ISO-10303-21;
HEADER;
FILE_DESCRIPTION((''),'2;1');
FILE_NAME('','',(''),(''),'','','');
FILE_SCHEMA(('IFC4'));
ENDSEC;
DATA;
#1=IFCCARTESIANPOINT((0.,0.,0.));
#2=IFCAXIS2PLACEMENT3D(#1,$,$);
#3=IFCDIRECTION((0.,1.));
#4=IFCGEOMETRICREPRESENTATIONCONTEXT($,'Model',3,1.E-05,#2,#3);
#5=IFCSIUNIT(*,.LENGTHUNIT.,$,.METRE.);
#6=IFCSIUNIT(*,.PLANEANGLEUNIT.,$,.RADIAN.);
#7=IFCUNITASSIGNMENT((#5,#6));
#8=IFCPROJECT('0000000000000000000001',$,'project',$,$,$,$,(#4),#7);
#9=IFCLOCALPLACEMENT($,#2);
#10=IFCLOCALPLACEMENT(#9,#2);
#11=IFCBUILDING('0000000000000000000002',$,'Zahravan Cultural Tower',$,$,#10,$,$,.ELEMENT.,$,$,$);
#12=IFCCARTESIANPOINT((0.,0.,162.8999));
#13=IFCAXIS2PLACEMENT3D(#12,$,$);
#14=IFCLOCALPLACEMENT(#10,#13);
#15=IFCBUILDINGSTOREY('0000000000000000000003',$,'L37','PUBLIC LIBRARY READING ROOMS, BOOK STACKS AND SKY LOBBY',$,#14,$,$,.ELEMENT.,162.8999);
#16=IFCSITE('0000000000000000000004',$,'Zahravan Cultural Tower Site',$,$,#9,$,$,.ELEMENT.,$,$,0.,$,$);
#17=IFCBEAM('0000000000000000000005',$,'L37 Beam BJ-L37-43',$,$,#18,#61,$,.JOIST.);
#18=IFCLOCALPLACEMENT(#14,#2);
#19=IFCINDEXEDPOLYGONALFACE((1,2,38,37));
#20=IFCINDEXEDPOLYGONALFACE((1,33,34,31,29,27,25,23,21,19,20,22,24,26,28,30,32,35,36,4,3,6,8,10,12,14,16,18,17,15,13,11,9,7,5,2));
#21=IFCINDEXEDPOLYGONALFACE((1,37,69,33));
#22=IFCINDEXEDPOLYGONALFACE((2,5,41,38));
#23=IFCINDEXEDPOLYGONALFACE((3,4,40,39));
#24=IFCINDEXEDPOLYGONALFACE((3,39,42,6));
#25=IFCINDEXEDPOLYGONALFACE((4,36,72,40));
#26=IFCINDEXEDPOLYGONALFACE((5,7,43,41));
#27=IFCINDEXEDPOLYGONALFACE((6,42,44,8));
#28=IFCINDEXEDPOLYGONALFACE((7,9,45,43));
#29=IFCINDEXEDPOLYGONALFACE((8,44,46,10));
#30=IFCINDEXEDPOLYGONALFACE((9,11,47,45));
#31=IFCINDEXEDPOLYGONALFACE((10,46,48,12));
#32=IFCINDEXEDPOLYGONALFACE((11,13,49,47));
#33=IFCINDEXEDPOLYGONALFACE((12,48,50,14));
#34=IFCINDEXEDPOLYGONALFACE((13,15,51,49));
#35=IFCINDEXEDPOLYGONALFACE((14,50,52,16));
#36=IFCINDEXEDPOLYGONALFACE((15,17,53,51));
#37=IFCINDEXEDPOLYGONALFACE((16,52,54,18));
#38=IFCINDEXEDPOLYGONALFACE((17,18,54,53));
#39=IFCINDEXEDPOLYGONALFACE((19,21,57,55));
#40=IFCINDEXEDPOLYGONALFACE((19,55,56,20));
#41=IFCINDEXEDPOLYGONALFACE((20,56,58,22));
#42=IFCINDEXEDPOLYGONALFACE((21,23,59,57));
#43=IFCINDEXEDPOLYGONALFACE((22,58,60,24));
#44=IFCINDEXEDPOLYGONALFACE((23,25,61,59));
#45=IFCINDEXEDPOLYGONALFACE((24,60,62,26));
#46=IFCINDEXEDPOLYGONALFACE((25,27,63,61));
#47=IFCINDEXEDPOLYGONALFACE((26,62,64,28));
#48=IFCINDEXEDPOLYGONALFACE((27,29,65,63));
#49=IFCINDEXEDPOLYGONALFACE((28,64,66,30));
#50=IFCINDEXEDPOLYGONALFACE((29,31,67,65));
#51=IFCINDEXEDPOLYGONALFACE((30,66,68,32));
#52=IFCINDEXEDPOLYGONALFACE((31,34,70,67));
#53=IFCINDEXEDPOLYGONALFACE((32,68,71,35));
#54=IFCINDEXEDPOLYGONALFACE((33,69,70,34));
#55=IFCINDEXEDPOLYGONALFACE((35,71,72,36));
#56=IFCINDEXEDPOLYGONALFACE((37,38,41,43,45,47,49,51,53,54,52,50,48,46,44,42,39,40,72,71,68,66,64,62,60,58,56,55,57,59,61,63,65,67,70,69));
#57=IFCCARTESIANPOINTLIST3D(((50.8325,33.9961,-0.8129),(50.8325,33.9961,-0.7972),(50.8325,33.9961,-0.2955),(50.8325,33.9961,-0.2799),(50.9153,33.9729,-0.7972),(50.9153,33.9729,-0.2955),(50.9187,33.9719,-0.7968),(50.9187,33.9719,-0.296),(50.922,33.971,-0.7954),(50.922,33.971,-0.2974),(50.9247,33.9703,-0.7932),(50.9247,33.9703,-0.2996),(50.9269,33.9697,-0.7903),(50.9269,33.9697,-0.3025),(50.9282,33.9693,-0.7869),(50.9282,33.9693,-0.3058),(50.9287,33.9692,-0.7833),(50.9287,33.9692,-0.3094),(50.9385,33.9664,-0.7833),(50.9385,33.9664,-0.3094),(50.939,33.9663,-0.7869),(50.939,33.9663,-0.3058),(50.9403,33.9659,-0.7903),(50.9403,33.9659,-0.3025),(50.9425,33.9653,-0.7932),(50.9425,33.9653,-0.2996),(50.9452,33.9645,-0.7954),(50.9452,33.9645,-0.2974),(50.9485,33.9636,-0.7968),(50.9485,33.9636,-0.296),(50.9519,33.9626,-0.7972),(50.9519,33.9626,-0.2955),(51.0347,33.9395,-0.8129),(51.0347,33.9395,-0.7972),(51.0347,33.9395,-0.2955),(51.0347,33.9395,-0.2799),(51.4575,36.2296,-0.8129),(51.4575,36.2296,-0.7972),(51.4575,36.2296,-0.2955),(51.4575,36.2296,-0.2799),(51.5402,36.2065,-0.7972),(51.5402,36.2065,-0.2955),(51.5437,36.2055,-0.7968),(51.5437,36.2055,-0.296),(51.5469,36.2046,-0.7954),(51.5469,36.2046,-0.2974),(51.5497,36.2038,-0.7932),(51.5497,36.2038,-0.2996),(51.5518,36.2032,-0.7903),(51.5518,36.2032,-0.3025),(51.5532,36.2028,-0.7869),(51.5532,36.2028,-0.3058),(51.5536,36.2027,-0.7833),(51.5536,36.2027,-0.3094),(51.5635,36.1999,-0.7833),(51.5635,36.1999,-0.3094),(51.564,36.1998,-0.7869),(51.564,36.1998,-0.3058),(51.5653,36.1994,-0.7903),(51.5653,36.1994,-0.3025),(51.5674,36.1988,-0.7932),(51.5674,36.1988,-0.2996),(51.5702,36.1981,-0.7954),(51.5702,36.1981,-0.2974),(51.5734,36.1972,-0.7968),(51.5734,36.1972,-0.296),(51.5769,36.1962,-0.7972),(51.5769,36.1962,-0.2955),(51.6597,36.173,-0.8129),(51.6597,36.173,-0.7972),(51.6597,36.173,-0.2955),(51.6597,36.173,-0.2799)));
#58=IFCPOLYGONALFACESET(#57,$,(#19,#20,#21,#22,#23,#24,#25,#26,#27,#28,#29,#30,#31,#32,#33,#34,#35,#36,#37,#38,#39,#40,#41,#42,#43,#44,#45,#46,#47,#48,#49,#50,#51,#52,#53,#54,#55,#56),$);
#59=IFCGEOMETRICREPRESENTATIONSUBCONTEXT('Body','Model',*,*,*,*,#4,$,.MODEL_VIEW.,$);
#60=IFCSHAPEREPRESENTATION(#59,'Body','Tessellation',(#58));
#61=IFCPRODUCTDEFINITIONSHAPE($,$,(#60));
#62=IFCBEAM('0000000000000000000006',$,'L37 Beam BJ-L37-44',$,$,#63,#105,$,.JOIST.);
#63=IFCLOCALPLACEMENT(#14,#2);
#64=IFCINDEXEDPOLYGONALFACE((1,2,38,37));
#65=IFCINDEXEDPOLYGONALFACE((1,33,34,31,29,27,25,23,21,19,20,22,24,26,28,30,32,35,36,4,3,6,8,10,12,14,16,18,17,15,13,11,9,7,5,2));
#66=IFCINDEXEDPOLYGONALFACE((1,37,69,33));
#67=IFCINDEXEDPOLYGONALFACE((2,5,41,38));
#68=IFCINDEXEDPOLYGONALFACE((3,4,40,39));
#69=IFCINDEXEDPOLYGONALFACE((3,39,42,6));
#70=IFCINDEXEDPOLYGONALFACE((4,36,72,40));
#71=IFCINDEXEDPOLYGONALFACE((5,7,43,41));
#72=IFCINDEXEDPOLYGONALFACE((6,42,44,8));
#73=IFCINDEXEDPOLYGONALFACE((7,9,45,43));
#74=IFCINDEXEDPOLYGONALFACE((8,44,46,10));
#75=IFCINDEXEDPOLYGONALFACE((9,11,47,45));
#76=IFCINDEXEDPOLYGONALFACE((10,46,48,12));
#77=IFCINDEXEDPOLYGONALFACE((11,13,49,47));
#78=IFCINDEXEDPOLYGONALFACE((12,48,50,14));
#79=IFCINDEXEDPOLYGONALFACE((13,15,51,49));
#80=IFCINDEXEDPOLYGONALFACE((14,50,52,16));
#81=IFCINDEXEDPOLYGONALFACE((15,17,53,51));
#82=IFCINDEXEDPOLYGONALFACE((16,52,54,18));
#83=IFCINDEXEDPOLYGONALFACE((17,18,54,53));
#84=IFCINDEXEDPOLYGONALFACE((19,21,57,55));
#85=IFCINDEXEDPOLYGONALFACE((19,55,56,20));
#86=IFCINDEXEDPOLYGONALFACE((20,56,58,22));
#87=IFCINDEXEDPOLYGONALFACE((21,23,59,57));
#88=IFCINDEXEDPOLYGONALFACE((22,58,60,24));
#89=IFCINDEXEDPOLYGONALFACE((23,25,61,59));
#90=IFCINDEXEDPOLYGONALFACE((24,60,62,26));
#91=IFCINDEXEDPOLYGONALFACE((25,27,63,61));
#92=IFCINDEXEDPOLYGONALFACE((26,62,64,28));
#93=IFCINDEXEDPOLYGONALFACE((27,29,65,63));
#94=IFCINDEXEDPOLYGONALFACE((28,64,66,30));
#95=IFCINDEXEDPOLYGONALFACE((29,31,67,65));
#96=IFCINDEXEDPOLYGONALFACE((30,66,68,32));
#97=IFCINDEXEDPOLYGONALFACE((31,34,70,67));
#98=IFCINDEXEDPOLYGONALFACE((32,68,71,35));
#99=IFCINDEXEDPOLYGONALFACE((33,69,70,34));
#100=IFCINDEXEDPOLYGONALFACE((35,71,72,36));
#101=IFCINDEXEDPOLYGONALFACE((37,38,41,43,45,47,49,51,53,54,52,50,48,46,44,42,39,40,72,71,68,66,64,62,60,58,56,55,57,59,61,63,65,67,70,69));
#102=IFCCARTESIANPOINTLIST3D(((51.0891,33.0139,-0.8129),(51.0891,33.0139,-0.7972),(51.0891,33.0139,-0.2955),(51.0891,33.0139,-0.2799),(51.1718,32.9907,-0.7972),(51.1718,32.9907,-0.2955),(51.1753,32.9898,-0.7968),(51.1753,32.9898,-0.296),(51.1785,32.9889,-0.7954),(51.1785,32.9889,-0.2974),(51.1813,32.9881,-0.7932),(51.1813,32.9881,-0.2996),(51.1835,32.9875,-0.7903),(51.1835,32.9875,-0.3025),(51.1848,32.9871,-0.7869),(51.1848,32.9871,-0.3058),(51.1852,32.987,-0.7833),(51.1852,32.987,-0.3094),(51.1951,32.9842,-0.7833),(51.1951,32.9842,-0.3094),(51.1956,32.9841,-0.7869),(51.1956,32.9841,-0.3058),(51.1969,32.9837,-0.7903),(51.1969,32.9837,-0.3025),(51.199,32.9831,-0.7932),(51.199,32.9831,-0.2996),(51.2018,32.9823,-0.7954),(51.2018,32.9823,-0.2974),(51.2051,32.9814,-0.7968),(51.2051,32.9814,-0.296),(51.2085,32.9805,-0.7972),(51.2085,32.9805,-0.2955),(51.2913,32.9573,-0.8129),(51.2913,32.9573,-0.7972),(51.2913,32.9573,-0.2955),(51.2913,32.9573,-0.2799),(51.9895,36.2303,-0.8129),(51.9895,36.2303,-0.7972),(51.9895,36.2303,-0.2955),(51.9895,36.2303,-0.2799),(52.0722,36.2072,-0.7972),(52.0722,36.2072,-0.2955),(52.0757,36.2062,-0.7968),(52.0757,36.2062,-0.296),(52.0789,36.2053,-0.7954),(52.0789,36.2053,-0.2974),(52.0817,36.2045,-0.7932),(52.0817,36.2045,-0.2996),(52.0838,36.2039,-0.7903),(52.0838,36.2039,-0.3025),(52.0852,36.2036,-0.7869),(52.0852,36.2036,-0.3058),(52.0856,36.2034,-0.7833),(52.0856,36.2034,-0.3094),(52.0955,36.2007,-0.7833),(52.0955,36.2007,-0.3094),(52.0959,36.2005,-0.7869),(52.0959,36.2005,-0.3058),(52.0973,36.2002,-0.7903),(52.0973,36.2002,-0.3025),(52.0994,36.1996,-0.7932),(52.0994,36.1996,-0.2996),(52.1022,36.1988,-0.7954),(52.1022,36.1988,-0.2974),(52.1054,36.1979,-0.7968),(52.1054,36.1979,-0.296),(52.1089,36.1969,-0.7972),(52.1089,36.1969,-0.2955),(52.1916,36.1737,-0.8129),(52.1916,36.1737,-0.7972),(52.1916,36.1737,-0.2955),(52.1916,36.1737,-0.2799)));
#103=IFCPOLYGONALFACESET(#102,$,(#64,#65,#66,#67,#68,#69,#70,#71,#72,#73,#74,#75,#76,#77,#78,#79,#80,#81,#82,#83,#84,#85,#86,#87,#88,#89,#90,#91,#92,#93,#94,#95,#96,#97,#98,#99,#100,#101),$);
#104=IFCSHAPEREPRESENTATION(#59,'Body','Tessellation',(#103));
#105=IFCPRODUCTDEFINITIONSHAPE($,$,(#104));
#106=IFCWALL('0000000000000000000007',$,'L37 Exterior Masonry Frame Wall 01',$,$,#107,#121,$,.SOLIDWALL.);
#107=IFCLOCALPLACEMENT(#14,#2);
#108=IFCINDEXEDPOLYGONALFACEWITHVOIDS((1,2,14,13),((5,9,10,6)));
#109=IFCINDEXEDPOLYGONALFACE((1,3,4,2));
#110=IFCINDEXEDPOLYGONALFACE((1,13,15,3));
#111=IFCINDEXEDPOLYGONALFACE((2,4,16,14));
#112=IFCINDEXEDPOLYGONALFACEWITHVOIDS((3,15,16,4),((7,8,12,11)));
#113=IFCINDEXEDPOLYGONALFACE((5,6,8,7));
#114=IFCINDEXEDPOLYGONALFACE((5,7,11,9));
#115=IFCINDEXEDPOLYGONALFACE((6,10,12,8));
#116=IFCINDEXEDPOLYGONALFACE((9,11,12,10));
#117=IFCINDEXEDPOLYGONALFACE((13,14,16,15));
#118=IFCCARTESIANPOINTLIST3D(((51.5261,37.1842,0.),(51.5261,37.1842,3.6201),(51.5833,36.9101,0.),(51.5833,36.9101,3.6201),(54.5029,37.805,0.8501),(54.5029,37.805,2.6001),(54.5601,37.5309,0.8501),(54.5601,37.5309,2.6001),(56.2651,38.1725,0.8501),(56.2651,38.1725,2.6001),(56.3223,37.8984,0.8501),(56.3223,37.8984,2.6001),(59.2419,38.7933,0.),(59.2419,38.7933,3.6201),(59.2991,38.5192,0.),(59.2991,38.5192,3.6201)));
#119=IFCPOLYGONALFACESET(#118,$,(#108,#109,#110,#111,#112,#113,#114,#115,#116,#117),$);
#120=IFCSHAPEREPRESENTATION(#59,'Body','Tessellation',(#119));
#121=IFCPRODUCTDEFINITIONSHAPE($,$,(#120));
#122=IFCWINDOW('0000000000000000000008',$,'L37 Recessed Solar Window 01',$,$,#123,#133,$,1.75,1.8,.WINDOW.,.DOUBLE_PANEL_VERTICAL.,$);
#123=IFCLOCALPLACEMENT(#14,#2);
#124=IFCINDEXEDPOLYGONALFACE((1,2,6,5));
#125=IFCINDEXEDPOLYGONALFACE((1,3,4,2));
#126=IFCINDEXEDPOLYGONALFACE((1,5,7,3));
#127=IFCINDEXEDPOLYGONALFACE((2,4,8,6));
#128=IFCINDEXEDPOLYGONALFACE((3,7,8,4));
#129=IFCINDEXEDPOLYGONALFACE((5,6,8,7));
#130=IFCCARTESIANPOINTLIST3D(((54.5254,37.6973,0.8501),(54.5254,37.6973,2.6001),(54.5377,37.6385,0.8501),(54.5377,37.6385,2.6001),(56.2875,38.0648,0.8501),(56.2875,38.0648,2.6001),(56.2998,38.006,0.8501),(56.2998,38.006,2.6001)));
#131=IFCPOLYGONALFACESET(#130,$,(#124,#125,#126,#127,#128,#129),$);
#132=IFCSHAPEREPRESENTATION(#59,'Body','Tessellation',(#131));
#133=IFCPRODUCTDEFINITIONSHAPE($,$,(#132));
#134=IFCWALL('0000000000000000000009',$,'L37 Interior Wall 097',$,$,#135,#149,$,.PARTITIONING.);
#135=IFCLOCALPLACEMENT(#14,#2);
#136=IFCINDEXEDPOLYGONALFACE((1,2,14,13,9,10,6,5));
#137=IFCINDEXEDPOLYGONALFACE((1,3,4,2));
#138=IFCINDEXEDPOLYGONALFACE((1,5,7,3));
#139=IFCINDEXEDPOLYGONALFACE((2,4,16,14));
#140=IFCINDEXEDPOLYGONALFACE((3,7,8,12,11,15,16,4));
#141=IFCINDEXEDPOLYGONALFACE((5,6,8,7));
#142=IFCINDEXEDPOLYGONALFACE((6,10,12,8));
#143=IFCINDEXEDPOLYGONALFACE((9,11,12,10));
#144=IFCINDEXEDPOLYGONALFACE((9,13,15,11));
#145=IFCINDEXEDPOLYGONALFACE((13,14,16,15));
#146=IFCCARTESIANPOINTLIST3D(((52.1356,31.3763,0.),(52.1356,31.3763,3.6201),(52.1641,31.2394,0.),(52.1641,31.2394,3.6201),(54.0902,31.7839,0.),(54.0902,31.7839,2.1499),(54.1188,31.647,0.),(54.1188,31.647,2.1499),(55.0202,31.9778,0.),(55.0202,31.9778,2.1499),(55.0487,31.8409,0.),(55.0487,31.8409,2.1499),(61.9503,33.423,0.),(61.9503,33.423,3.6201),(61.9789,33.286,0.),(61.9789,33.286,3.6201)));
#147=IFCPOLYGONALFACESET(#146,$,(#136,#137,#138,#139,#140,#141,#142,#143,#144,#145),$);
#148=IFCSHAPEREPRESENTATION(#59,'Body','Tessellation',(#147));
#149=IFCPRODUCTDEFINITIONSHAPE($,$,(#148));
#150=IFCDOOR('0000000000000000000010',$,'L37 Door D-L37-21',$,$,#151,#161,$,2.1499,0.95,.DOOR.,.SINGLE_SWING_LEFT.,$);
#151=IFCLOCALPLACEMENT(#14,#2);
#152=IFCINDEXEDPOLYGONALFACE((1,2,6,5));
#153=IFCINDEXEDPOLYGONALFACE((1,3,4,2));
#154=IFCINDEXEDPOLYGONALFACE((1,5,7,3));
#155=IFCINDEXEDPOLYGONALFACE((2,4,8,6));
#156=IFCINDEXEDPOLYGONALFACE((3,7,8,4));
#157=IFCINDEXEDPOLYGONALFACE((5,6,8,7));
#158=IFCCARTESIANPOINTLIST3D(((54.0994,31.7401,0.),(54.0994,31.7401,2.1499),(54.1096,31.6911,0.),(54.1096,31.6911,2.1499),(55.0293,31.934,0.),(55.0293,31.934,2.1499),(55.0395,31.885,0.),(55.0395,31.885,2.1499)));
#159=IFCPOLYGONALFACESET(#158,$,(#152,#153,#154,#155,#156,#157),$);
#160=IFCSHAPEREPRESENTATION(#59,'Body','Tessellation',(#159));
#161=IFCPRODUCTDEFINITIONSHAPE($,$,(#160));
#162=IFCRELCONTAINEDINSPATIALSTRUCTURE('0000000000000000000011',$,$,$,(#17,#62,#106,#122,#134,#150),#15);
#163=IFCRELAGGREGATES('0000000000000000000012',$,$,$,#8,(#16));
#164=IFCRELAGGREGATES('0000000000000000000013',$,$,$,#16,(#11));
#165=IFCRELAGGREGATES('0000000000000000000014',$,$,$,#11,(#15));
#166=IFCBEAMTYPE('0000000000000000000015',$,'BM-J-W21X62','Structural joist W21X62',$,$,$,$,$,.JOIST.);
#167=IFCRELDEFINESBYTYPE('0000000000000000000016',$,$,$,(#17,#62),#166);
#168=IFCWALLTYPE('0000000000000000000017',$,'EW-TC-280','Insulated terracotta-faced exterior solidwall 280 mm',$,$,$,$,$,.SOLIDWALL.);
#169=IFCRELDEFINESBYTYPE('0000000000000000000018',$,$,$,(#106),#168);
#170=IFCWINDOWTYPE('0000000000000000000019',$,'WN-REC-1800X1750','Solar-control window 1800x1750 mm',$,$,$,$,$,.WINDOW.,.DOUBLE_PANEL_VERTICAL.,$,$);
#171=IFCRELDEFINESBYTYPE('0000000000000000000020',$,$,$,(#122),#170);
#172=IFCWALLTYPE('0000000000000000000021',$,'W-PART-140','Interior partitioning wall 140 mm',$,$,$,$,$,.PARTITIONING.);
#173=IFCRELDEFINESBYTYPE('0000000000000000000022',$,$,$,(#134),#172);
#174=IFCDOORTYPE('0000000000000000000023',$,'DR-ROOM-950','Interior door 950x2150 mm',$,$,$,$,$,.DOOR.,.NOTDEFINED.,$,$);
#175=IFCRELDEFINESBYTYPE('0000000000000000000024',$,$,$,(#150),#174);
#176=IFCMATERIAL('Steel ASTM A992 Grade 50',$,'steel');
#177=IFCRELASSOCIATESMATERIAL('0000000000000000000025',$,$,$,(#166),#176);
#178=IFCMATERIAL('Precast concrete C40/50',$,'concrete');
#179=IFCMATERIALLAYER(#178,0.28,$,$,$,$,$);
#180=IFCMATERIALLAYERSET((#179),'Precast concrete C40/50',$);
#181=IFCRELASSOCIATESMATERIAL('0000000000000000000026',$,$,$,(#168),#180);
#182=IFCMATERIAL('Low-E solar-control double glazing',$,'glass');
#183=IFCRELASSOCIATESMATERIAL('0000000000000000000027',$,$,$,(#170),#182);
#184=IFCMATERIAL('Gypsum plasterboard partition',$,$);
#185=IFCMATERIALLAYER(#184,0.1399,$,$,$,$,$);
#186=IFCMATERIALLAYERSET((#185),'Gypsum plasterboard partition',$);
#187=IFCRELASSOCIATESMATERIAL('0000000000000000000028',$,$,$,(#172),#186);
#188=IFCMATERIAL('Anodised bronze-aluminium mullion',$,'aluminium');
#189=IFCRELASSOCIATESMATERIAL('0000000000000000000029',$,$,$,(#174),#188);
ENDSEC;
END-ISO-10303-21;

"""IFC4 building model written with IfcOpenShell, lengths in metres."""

from ifc_helpers import new_model, si_unit, direction, frame, frame_2d, origin, origin_2d, place, context, subcontext, project, spatial, rectangle, i_section, extrude, source, transform, mapped, material, layer, layer_set, material_profile, profile_set, type_object, element, fill, save


model = new_model("IFC4")

# Units and contexts
model_context = context("Model", 3, precision=1e-05, world=origin(), true_north=direction((0.0, 1.0)))
body_context = subcontext(model_context, "Body", "Model", "MODEL_VIEW")
ifc_project = project(units=[si_unit("LENGTHUNIT", "METRE"), si_unit("PLANEANGLEUNIT", "RADIAN")], contexts=[model_context])

# Site, building, storey
site_placement = place(None, origin())
site = spatial("IfcSite", under=ifc_project, at=site_placement, Name="Zahravan Cultural Tower Site", CompositionType="ELEMENT", RefElevation=0.0)
building_placement = place(site_placement, origin())
building = spatial("IfcBuilding", under=site, at=building_placement, Name="Zahravan Cultural Tower", CompositionType="ELEMENT")
storey_placement = place(building_placement, frame((0.0, 0.0, 162.8999)))
storey = spatial("IfcBuildingStorey", under=building, at=storey_placement, Name="L37", Description="PUBLIC LIBRARY READING ROOMS, BOOK STACKS AND SKY LOBBY", CompositionType="ELEMENT", Elevation=162.8999)

# Shared definitions
ifc_material_1 = material(Name="Steel ASTM A992 Grade 50", Category="steel")

# Beams
ifc_material_profile_1 = material_profile(ifc_material_1, i_section(OverallWidth=0.21, OverallDepth=0.533, WebThickness=0.0103, FlangeThickness=0.0156, FilletRadius=0.0139, at=origin_2d()), Name="W21X62")
ifc_profile_set_1 = profile_set([ifc_material_profile_1], Name="Steel ASTM A992 Grade 50")
beam_type_1 = type_object("IfcBeamType", Name="BM-J-W21X62", Description="Structural joist W21X62", PredefinedType="JOIST", material=ifc_profile_set_1)
shared_shape_1 = source(origin(), body_context, "Body", "SweptSolid", [
    extrude(i_section(OverallWidth=0.21, OverallDepth=0.533, WebThickness=0.0103, FlangeThickness=0.0156, FilletRadius=0.0139, at=origin_2d()), origin(), (0.0, 0.0, 1.0), 2.3193),
])
beam_1_placement = place(storey_placement, frame((50.9336, 33.9678, -0.5464), z_axis=(0.269462, 0.963011, 0.0), x_axis=(-0.963011, 0.269462, 0.0)))
element("IfcBeam", 1, at=beam_1_placement, inside=storey, type_object=beam_type_1, Name="L37 Beam BJ-L37-43", PredefinedType="JOIST", context=body_context, shape_type="MappedRepresentation", body=[
    mapped(shared_shape_1, transform((0.0, 0.0, 0.0), x_axis=(1.0, 0.0, 0.0), y_axis=(0.0, 1.0, 0.0), z_axis=(0.0, 0.0, 1.0), scale=1.0)),
])
shared_shape_2 = source(origin(), body_context, "Body", "SweptSolid", [
    extrude(i_section(OverallWidth=0.21, OverallDepth=0.533, WebThickness=0.0103, FlangeThickness=0.0156, FilletRadius=0.0139, at=origin_2d()), origin(), (0.0, 0.0, 1.0), 3.3401),
])
beam_2_placement = place(storey_placement, frame((51.1902, 32.9856, -0.5464), z_axis=(0.269562, 0.962983, 0.0), x_axis=(-0.962983, 0.269562, 0.0)))
element("IfcBeam", 2, at=beam_2_placement, inside=storey, type_object=beam_type_1, Name="L37 Beam BJ-L37-44", PredefinedType="JOIST", context=body_context, shape_type="MappedRepresentation", body=[
    mapped(shared_shape_2, transform((0.0, 0.0, 0.0), x_axis=(1.0, 0.0, 0.0), y_axis=(0.0, 1.0, 0.0), z_axis=(0.0, 0.0, 1.0), scale=1.0)),
])

# Wall, opening, window
ifc_material_2 = material(Name="Precast concrete C40/50", Category="concrete")
ifc_layer_1 = layer(ifc_material_2, 0.28)
ifc_layer_set_1 = layer_set([ifc_layer_1], Name="Precast concrete C40/50")
wall_type_1 = type_object("IfcWallType", Name="EW-TC-280", Description="Insulated terracotta-faced exterior solidwall 280 mm", PredefinedType="SOLIDWALL", material=ifc_layer_set_1)
wall_1_placement = place(storey_placement, frame((51.5547, 37.0471, 0.0), z_axis=(0.0, 0.0, 1.0), x_axis=(0.978938, 0.204157, 0.0)))
wall_1 = element("IfcWall", 3, at=wall_1_placement, inside=storey, type_object=wall_type_1, Name="L37 Exterior Masonry Frame Wall 01", PredefinedType="SOLIDWALL", context=body_context, shape_type="SweptSolid", body=[
    extrude(rectangle(XDim=7.8818, YDim=0.28, at=frame_2d((3.9409, 0.0))), origin(), (0.0, 0.0, 1.0), 3.6201),
])
opening_1_placement = place(wall_1_placement, frame((3.041, 0.0, 0.8501)))
opening_1 = element("IfcOpeningElement", 4, at=opening_1_placement, cuts=wall_1, PredefinedType="OPENING", context=body_context, shape_type="SweptSolid", body=[
    extrude(rectangle(XDim=1.8, YDim=1.75, at=frame_2d((0.8999, 0.875))), frame((0.0, 0.1499, 0.0), z_axis=(0.0, -1.0, 0.0), x_axis=(1.0, 0.0, 0.0)), (0.0, 0.0, 1.0), 0.3),
])
ifc_material_3 = material(Name="Low-E solar-control double glazing", Category="glass")
window_type = type_object("IfcWindowType", Name="WN-REC-1800X1750", Description="Solar-control window 1800x1750 mm", PartitioningType="DOUBLE_PANEL_VERTICAL", PredefinedType="WINDOW", material=ifc_material_3)
shared_shape_3 = source(origin(), body_context, "Body", "SweptSolid", [
    extrude(rectangle(XDim=1.8, YDim=1.75, at=frame_2d((0.8999, 0.875))), frame((0.0, 0.03, 0.0), z_axis=(0.0, -1.0, 0.0), x_axis=(1.0, 0.0, 0.0)), (0.0, 0.0, 1.0), 0.0601),
])
window_placement = place(opening_1_placement, origin())
window = element("IfcWindow", 5, at=window_placement, inside=storey, type_object=window_type, Name="L37 Recessed Solar Window 01", OverallHeight=1.75, OverallWidth=1.8, PartitioningType="DOUBLE_PANEL_VERTICAL", PredefinedType="WINDOW", context=body_context, shape_type="MappedRepresentation", body=[
    mapped(shared_shape_3, transform((0.0, 0.0, 0.0), x_axis=(1.0, 0.0, 0.0), y_axis=(0.0, 1.0, 0.0), z_axis=(0.0, 0.0, 1.0), scale=1.0)),
])
fill(opening_1, window)

# Wall, opening, door
ifc_material_4 = material(Name="Gypsum plasterboard partition")
ifc_layer_2 = layer(ifc_material_4, 0.1399)
ifc_layer_set_2 = layer_set([ifc_layer_2], Name="Gypsum plasterboard partition")
wall_type_2 = type_object("IfcWallType", Name="W-PART-140", Description="Interior partitioning wall 140 mm", PredefinedType="PARTITIONING", material=ifc_layer_set_2)
wall_2_placement = place(storey_placement, frame((61.9646, 33.3545, 0.0), z_axis=(0.0, 0.0, 1.0), x_axis=(-0.978943, -0.204136, 0.0)))
wall_2 = element("IfcWall", 6, at=wall_2_placement, inside=storey, type_object=wall_type_2, Name="L37 Interior Wall 097", PredefinedType="PARTITIONING", context=body_context, shape_type="SweptSolid", body=[
    extrude(rectangle(XDim=10.0259, YDim=0.1399, at=frame_2d((5.0129, 0.0))), origin(), (0.0, 0.0, 1.0), 3.6201),
])
opening_2_placement = place(wall_2_placement, frame((7.0791, 0.0, 0.0)))
opening_2 = element("IfcOpeningElement", 7, at=opening_2_placement, cuts=wall_2, PredefinedType="OPENING", context=body_context, shape_type="SweptSolid", body=[
    extrude(rectangle(XDim=0.95, YDim=2.1499, at=frame_2d((0.4751, 1.075))), frame((0.0, 0.0798, 0.0), z_axis=(0.0, -1.0, 0.0), x_axis=(1.0, 0.0, 0.0)), (0.0, 0.0, 1.0), 0.1599),
])
ifc_material_5 = material(Name="Anodised bronze-aluminium mullion", Category="aluminium")
door_type = type_object("IfcDoorType", Name="DR-ROOM-950", Description="Interior door 950x2150 mm", OperationType="NOTDEFINED", PredefinedType="DOOR", material=ifc_material_5)
shared_shape_4 = source(origin(), body_context, "Body", "SweptSolid", [
    extrude(rectangle(XDim=0.95, YDim=2.1499, at=frame_2d((0.4751, 1.075))), frame((0.0, 0.0249, 0.0), z_axis=(0.0, -1.0, 0.0), x_axis=(1.0, 0.0, 0.0)), (0.0, 0.0, 1.0), 0.05),
])
door_placement = place(opening_2_placement, origin())
door = element("IfcDoor", 8, at=door_placement, inside=storey, type_object=door_type, Name="L37 Door D-L37-21", OperationType="SINGLE_SWING_LEFT", OverallHeight=2.1499, OverallWidth=0.95, PredefinedType="DOOR", context=body_context, shape_type="MappedRepresentation", body=[
    mapped(shared_shape_4, transform((0.0, 0.0, 0.0), x_axis=(1.0, 0.0, 0.0), y_axis=(0.0, 1.0, 0.0), z_axis=(0.0, 0.0, 1.0), scale=1.0)),
])
fill(opening_2, door)

save(model, "model.ifc")
